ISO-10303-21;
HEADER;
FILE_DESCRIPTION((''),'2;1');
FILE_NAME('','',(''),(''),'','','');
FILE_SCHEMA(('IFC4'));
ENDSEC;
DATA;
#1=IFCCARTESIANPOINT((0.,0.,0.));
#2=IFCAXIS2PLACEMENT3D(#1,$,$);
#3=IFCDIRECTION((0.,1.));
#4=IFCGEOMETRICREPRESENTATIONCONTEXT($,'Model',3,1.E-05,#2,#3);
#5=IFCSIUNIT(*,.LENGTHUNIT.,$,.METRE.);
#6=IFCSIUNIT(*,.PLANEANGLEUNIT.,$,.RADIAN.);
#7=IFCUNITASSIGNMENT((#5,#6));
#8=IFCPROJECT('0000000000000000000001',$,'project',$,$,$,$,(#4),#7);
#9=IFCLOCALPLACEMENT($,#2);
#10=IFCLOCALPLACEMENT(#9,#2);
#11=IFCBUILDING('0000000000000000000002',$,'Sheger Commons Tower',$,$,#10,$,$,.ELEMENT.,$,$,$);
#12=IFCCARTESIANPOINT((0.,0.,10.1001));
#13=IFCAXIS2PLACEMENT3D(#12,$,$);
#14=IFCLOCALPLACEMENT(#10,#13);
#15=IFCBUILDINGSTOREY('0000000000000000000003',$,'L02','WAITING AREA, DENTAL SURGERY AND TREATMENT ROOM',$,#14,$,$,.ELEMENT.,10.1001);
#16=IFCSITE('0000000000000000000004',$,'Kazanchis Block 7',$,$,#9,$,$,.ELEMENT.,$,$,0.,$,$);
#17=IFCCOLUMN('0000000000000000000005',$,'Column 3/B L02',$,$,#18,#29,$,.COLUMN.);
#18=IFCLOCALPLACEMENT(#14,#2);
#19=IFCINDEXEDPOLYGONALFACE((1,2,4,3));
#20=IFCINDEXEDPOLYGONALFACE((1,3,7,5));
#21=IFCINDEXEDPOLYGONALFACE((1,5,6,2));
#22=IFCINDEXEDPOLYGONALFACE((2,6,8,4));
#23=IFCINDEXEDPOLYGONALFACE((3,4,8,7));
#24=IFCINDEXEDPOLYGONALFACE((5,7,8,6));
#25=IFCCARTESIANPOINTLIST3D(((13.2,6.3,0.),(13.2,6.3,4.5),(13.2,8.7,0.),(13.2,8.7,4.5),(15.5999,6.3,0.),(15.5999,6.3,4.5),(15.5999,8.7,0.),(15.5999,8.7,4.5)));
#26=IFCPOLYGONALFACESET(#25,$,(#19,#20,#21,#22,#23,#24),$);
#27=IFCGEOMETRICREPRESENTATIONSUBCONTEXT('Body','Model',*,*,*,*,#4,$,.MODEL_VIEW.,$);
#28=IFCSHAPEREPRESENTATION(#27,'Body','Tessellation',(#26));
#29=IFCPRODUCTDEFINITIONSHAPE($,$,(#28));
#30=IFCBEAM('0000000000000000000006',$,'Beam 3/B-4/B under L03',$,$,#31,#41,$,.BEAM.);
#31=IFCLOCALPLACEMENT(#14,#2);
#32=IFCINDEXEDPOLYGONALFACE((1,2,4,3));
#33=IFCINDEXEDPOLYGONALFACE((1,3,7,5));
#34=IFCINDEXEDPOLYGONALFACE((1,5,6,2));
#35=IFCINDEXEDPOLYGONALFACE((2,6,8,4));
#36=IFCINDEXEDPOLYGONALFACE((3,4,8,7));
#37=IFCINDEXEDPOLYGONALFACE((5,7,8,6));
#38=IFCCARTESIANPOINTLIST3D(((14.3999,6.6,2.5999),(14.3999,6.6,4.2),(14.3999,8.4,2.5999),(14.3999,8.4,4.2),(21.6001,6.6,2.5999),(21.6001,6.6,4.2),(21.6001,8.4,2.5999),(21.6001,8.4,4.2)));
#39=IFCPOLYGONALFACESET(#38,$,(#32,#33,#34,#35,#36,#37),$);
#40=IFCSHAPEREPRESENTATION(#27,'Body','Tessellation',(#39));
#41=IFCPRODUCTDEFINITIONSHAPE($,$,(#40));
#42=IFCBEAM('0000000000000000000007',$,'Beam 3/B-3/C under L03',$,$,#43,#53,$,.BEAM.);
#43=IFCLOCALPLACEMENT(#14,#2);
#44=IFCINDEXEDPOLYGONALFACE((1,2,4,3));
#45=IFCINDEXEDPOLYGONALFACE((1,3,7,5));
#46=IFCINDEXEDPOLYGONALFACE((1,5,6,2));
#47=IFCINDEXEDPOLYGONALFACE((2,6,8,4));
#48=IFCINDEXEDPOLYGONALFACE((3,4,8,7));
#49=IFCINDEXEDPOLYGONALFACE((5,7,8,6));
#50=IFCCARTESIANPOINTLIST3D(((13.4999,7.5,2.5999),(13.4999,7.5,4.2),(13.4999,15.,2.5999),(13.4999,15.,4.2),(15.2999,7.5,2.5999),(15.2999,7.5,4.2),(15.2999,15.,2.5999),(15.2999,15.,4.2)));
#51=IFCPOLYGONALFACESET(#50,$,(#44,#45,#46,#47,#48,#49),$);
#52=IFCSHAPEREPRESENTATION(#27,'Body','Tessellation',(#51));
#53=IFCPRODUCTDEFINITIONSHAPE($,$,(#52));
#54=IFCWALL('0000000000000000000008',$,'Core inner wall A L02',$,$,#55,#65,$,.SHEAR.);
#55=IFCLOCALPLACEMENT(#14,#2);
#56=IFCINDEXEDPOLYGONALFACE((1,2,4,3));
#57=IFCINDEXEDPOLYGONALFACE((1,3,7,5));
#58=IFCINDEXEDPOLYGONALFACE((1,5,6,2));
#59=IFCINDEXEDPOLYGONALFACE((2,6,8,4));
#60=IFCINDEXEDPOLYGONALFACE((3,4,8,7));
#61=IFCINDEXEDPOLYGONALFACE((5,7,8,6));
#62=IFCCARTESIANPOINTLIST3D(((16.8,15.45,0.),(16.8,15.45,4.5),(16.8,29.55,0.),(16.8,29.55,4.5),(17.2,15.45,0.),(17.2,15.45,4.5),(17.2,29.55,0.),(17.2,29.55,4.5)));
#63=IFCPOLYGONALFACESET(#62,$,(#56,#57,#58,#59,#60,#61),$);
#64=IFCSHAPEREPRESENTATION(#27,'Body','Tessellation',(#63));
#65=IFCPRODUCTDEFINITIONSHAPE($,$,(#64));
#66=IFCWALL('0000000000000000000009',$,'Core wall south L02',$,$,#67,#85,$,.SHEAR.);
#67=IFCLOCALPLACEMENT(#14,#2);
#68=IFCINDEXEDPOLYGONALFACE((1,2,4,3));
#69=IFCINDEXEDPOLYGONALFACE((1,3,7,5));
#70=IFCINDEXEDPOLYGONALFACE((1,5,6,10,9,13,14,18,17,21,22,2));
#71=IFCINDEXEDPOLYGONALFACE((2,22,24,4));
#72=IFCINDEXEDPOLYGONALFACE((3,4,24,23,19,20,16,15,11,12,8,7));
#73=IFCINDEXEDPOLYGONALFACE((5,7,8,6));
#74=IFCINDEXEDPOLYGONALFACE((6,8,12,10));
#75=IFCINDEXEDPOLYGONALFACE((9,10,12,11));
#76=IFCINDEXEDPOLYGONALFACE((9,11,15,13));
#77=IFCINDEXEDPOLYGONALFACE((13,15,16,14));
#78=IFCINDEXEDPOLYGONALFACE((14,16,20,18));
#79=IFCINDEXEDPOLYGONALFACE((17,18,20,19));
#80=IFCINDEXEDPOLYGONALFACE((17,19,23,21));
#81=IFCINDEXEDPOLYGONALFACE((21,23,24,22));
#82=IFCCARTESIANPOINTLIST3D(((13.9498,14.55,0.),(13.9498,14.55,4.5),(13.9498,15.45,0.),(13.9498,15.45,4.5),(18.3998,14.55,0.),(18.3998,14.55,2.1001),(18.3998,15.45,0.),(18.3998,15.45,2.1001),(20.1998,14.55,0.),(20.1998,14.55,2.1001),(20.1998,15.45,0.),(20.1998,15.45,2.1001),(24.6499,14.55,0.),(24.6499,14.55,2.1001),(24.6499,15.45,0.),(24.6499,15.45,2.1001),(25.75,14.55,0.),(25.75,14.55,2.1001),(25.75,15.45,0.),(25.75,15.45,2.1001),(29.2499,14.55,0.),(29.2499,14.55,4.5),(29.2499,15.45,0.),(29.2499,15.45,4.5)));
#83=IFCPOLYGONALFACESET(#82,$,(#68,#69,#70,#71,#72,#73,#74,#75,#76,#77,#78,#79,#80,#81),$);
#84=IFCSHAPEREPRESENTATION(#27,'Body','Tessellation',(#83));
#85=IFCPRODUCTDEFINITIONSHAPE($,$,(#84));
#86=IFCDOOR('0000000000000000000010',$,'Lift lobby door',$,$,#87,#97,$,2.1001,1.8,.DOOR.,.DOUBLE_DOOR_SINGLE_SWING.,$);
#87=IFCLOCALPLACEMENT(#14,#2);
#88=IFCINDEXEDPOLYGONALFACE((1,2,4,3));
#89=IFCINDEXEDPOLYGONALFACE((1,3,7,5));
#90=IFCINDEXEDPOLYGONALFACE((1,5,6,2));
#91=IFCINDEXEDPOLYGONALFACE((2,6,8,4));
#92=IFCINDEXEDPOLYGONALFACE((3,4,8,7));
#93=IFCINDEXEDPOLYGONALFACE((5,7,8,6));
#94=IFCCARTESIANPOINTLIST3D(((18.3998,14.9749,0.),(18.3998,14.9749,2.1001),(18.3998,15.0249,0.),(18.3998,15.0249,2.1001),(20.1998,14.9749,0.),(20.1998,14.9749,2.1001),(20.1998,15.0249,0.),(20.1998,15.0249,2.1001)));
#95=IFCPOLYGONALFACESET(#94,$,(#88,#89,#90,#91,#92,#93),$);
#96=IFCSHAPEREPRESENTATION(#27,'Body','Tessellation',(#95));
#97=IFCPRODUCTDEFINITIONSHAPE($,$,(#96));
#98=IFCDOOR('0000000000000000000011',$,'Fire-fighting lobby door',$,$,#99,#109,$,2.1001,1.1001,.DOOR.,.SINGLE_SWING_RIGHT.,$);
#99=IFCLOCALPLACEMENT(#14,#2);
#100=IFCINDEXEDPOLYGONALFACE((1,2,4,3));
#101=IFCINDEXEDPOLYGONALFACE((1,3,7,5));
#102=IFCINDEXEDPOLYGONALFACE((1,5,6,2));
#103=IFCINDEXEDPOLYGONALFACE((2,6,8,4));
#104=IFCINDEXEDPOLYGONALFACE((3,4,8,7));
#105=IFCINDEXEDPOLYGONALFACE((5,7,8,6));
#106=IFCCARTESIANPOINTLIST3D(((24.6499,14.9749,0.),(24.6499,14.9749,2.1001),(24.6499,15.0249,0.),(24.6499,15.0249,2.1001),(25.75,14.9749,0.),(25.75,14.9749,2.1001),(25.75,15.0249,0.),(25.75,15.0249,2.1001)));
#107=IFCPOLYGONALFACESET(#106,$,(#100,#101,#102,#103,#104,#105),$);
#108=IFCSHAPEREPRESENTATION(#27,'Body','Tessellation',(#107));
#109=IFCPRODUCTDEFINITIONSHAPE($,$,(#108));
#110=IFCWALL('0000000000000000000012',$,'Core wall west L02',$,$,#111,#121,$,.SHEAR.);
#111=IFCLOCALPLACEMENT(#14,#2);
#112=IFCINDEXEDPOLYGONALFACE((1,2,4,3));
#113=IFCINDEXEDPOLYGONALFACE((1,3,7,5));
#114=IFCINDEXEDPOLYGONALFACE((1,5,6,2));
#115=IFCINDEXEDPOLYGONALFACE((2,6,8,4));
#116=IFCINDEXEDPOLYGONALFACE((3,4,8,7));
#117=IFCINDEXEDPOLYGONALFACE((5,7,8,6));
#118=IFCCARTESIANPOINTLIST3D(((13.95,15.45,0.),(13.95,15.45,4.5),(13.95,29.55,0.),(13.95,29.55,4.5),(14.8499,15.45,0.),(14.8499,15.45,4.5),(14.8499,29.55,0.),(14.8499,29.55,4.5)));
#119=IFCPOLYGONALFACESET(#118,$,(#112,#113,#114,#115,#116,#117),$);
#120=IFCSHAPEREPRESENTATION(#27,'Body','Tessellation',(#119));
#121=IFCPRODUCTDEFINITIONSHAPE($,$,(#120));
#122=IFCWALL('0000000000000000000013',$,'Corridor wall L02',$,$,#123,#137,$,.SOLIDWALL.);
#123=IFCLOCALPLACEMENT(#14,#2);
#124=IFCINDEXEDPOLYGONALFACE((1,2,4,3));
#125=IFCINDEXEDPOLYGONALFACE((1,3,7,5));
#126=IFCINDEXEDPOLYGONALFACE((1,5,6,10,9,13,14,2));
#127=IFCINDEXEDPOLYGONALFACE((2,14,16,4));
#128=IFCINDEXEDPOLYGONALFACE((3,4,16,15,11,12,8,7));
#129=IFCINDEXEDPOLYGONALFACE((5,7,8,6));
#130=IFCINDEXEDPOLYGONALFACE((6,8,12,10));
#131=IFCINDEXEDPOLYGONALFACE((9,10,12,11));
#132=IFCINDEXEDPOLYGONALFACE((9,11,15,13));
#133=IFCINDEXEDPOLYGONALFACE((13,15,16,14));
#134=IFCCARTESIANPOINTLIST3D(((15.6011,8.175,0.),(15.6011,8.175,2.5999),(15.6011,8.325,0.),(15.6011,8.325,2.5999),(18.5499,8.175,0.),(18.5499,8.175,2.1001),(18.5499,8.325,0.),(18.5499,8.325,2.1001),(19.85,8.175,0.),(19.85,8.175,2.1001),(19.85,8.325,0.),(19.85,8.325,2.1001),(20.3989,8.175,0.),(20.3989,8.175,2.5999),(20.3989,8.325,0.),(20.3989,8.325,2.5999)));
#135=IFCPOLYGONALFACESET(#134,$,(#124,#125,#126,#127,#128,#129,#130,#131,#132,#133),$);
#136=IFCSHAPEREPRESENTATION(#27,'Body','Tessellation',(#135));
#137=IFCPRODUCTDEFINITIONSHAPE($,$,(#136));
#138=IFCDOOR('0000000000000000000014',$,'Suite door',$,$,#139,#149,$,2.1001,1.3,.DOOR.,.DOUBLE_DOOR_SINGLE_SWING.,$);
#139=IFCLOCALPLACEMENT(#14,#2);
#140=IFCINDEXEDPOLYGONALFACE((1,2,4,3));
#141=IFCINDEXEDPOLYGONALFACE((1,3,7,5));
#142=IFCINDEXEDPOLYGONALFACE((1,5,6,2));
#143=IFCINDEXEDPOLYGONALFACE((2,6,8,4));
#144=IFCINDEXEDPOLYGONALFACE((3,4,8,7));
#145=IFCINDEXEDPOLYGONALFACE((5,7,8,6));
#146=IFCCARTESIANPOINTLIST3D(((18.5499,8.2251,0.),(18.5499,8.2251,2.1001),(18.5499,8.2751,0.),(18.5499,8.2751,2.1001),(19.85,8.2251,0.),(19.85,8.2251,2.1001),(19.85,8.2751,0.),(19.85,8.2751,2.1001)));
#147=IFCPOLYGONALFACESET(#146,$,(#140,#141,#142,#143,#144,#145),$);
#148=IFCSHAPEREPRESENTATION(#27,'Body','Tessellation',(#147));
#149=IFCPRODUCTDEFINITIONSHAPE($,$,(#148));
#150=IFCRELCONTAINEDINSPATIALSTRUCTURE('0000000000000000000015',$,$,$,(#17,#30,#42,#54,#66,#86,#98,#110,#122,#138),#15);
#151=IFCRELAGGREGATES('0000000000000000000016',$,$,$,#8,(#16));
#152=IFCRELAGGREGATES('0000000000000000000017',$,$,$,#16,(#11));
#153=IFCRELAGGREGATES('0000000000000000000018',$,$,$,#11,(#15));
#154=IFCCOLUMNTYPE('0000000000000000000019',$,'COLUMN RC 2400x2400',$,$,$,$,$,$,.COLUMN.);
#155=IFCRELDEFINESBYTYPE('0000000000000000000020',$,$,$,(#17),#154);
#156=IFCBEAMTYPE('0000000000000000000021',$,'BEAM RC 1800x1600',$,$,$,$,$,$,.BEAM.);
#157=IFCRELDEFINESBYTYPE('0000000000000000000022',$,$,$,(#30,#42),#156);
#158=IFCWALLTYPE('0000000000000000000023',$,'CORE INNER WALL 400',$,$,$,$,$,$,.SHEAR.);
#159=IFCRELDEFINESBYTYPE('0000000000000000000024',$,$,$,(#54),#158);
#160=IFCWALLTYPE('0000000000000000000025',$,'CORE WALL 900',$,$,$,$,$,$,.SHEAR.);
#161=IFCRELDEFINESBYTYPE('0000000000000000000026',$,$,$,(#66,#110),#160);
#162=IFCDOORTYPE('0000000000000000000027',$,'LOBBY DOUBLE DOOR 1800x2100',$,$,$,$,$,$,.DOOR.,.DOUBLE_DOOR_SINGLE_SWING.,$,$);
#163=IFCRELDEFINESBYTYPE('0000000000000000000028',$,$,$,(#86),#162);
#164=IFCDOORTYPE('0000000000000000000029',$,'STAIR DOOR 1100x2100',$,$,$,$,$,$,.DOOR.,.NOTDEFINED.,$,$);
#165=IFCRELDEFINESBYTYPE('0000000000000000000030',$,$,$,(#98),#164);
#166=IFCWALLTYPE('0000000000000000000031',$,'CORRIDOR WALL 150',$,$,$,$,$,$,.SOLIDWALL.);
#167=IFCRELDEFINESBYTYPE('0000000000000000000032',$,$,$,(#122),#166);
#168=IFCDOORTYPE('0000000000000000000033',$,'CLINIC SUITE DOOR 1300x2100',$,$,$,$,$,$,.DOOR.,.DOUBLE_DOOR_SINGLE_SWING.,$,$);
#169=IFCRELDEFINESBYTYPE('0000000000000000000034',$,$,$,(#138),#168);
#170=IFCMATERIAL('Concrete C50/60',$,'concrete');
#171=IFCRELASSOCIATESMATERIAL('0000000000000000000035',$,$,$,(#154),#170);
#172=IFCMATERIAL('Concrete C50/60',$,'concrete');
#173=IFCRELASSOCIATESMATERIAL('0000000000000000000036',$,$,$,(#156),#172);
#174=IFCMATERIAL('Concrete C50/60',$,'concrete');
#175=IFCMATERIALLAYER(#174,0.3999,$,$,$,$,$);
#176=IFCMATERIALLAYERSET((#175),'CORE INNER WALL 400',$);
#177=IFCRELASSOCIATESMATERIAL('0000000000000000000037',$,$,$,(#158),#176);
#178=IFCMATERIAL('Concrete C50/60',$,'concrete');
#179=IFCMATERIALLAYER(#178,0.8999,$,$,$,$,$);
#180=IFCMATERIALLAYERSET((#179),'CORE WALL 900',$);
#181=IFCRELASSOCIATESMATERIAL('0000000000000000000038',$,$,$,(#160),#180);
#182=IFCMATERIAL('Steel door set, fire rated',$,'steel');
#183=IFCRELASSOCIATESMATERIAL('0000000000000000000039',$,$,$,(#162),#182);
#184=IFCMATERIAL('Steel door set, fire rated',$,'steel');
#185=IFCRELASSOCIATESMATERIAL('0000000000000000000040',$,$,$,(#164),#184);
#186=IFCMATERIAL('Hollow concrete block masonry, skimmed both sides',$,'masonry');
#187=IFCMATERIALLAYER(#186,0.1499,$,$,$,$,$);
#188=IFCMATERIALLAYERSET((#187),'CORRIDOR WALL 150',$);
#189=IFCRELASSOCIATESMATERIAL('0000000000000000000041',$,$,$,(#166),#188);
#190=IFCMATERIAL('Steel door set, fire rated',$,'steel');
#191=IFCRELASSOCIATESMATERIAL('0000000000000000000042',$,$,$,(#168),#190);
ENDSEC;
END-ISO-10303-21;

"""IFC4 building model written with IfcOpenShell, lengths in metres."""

from ifc_helpers import new_model, si_unit, direction, frame, frame_2d, origin, origin_2d, place, context, subcontext, project, spatial, rectangle, extrude, material, layer, layer_set, material_profile, profile_set, type_object, element, fill, save


model = new_model("IFC4")

# Units and contexts
model_context = context("Model", 3, precision=1e-05, world=origin(), true_north=direction((0.0, 1.0)))
body_context = subcontext(model_context, "Body", "Model", "MODEL_VIEW")
ifc_project = project(units=[si_unit("LENGTHUNIT", "METRE"), si_unit("PLANEANGLEUNIT", "RADIAN")], contexts=[model_context])

# Site, building, storey
site_placement = place(None, origin())
site = spatial("IfcSite", under=ifc_project, at=site_placement, Name="Kazanchis Block 7", CompositionType="ELEMENT", RefElevation=0.0)
building_placement = place(site_placement, origin())
building = spatial("IfcBuilding", under=site, at=building_placement, Name="Sheger Commons Tower", CompositionType="ELEMENT")
storey_placement = place(building_placement, frame((0.0, 0.0, 10.1001)))
storey = spatial("IfcBuildingStorey", under=building, at=storey_placement, Name="L02", Description="WAITING AREA, DENTAL SURGERY AND TREATMENT ROOM", CompositionType="ELEMENT", Elevation=10.1001)

# Column
ifc_material_1 = material(Name="Concrete C50/60", Category="concrete")
ifc_material_profile_1 = material_profile(ifc_material_1, rectangle(XDim=2.3999, YDim=2.3999, at=origin_2d()), Name="RC 2400x2400")
ifc_profile_set_1 = profile_set([ifc_material_profile_1], Name="Concrete C50/60")
column_type = type_object("IfcColumnType", Name="COLUMN RC 2400x2400", PredefinedType="COLUMN", material=ifc_profile_set_1)
column_placement = place(storey_placement, frame((14.3999, 7.5, 0.0), z_axis=(0.0, 0.0, 1.0), x_axis=(1.0, 0.0, 0.0)))
element("IfcColumn", 1, at=column_placement, inside=storey, type_object=column_type, Name="Column 3/B L02", PredefinedType="COLUMN", context=body_context, shape_type="SweptSolid", body=[
    extrude(rectangle(XDim=2.3999, YDim=2.3999, at=origin_2d()), origin(), (0.0, 0.0, 1.0), 4.5),
])

# Beams
ifc_material_2 = material(Name="Concrete C50/60", Category="concrete")
ifc_material_profile_2 = material_profile(ifc_material_2, rectangle(XDim=1.8, YDim=1.6001, at=origin_2d()), Name="RC 1800x1600")
ifc_profile_set_2 = profile_set([ifc_material_profile_2], Name="Concrete C50/60")
beam_type = type_object("IfcBeamType", Name="BEAM RC 1800x1600", PredefinedType="BEAM", material=ifc_profile_set_2)
beam_1_placement = place(storey_placement, frame((14.3999, 7.5, 3.3999), z_axis=(1.0, 0.0, 0.0), x_axis=(0.0, 1.0, 0.0)))
element("IfcBeam", 2, at=beam_1_placement, inside=storey, type_object=beam_type, Name="Beam 3/B-4/B under L03", PredefinedType="BEAM", context=body_context, shape_type="SweptSolid", body=[
    extrude(rectangle(XDim=1.8, YDim=1.6001, at=origin_2d()), origin(), (0.0, 0.0, 1.0), 7.2002),
])
beam_2_placement = place(storey_placement, frame((14.3999, 7.5, 3.3999), z_axis=(0.0, 1.0, 0.0), x_axis=(-1.0, 0.0, 0.0)))
element("IfcBeam", 3, at=beam_2_placement, inside=storey, type_object=beam_type, Name="Beam 3/B-3/C under L03", PredefinedType="BEAM", context=body_context, shape_type="SweptSolid", body=[
    extrude(rectangle(XDim=1.8, YDim=1.6001, at=origin_2d()), origin(), (0.0, 0.0, 1.0), 7.5),
])

# Wall
ifc_material_3 = material(Name="Concrete C50/60", Category="concrete")
ifc_layer_1 = layer(ifc_material_3, 0.3999)
ifc_layer_set_1 = layer_set([ifc_layer_1], Name="CORE INNER WALL 400")
wall_type_1 = type_object("IfcWallType", Name="CORE INNER WALL 400", PredefinedType="SHEAR", material=ifc_layer_set_1)
wall_1_placement = place(storey_placement, frame((17.0, 15.45, 0.0), z_axis=(0.0, 0.0, 1.0), x_axis=(0.0, 1.0, 0.0)))
element("IfcWall", 4, at=wall_1_placement, inside=storey, type_object=wall_type_1, Name="Core inner wall A L02", PredefinedType="SHEAR", context=body_context, shape_type="SweptSolid", body=[
    extrude(rectangle(XDim=14.1001, YDim=0.3999, at=frame_2d((7.05, 0.0))), origin(), (0.0, 0.0, 1.0), 4.5),
])

# Wall, openings, doors
ifc_material_4 = material(Name="Concrete C50/60", Category="concrete")
ifc_layer_2 = layer(ifc_material_4, 0.8999)
ifc_layer_set_2 = layer_set([ifc_layer_2], Name="CORE WALL 900")
wall_type_2 = type_object("IfcWallType", Name="CORE WALL 900", PredefinedType="SHEAR", material=ifc_layer_set_2)
wall_2_placement = place(storey_placement, frame((13.95, 15.0, 0.0), z_axis=(0.0, 0.0, 1.0), x_axis=(1.0, 0.0, 0.0)))
wall_2 = element("IfcWall", 5, at=wall_2_placement, inside=storey, type_object=wall_type_2, Name="Core wall south L02", PredefinedType="SHEAR", context=body_context, shape_type="SweptSolid", body=[
    extrude(rectangle(XDim=15.3, YDim=0.8999, at=frame_2d((7.6499, 0.0))), origin(), (0.0, 0.0, 1.0), 4.5),
])
opening_1_placement = place(wall_2_placement, frame((4.45, 0.0, 0.0)))
opening_1 = element("IfcOpeningElement", 6, at=opening_1_placement, cuts=wall_2, PredefinedType="OPENING", context=body_context, shape_type="SweptSolid", body=[
    extrude(rectangle(XDim=1.8, YDim=2.1001, at=frame_2d((0.8999, 1.05))), frame((0.0, 0.46, 0.0), z_axis=(0.0, -1.0, 0.0), x_axis=(1.0, 0.0, 0.0)), (0.0, 0.0, 1.0), 0.9199),
])
opening_2_placement = place(wall_2_placement, frame((10.7, 0.0, 0.0)))
opening_2 = element("IfcOpeningElement", 7, at=opening_2_placement, cuts=wall_2, PredefinedType="OPENING", context=body_context, shape_type="SweptSolid", body=[
    extrude(rectangle(XDim=1.1001, YDim=2.1001, at=frame_2d((0.55, 1.05))), frame((0.0, 0.46, 0.0), z_axis=(0.0, -1.0, 0.0), x_axis=(1.0, 0.0, 0.0)), (0.0, 0.0, 1.0), 0.9199),
])
ifc_material_5 = material(Name="Steel door set, fire rated", Category="steel")
door_type_1 = type_object("IfcDoorType", Name="LOBBY DOUBLE DOOR 1800x2100", OperationType="DOUBLE_DOOR_SINGLE_SWING", PredefinedType="DOOR", material=ifc_material_5)
door_1_placement = place(opening_1_placement, origin())
door_1 = element("IfcDoor", 8, at=door_1_placement, inside=storey, type_object=door_type_1, Name="Lift lobby door", OperationType="DOUBLE_DOOR_SINGLE_SWING", OverallHeight=2.1001, OverallWidth=1.8, PredefinedType="DOOR", context=body_context, shape_type="SweptSolid", body=[
    extrude(rectangle(XDim=1.8, YDim=2.1001, at=frame_2d((0.8999, 1.05))), frame((0.0, 0.0249, 0.0), z_axis=(0.0, -1.0, 0.0), x_axis=(1.0, 0.0, 0.0)), (0.0, 0.0, 1.0), 0.05),
])
fill(opening_1, door_1)
ifc_material_6 = material(Name="Steel door set, fire rated", Category="steel")
door_type_2 = type_object("IfcDoorType", Name="STAIR DOOR 1100x2100", OperationType="NOTDEFINED", PredefinedType="DOOR", material=ifc_material_6)
door_2_placement = place(opening_2_placement, origin())
door_2 = element("IfcDoor", 9, at=door_2_placement, inside=storey, type_object=door_type_2, Name="Fire-fighting lobby door", OperationType="SINGLE_SWING_RIGHT", OverallHeight=2.1001, OverallWidth=1.1001, PredefinedType="DOOR", context=body_context, shape_type="SweptSolid", body=[
    extrude(rectangle(XDim=1.1001, YDim=2.1001, at=frame_2d((0.55, 1.05))), frame((0.0, 0.0249, 0.0), z_axis=(0.0, -1.0, 0.0), x_axis=(1.0, 0.0, 0.0)), (0.0, 0.0, 1.0), 0.05),
])
fill(opening_2, door_2)

# Wall
wall_3_placement = place(storey_placement, frame((14.3999, 15.45, 0.0), z_axis=(0.0, 0.0, 1.0), x_axis=(0.0, 1.0, 0.0)))
element("IfcWall", 10, at=wall_3_placement, inside=storey, type_object=wall_type_2, Name="Core wall west L02", PredefinedType="SHEAR", context=body_context, shape_type="SweptSolid", body=[
    extrude(rectangle(XDim=14.1001, YDim=0.8999, at=frame_2d((7.05, 0.0))), origin(), (0.0, 0.0, 1.0), 4.5),
])

# Wall, opening, door
ifc_material_7 = material(Name="Hollow concrete block masonry, skimmed both sides", Category="masonry")
ifc_layer_3 = layer(ifc_material_7, 0.1499)
ifc_layer_set_3 = layer_set([ifc_layer_3], Name="CORRIDOR WALL 150")
wall_type_3 = type_object("IfcWallType", Name="CORRIDOR WALL 150", PredefinedType="SOLIDWALL", material=ifc_layer_set_3)
wall_4_placement = place(storey_placement, frame((20.3989, 8.25, 0.0), z_axis=(0.0, 0.0, 1.0), x_axis=(-1.0, 0.0, 0.0)))
wall_4 = element("IfcWall", 11, at=wall_4_placement, inside=storey, type_object=wall_type_3, Name="Corridor wall L02", PredefinedType="SOLIDWALL", context=body_context, shape_type="SweptSolid", body=[
    extrude(rectangle(XDim=4.7979, YDim=0.1499, at=frame_2d((2.3989, 0.0))), origin(), (0.0, 0.0, 1.0), 2.5999),
])
opening_3_placement = place(wall_4_placement, frame((0.5491, 0.0, 0.0)))
opening_3 = element("IfcOpeningElement", 12, at=opening_3_placement, cuts=wall_4, PredefinedType="OPENING", context=body_context, shape_type="SweptSolid", body=[
    extrude(rectangle(XDim=1.3, YDim=2.1001, at=frame_2d((0.6499, 1.05))), frame((0.0, 0.085, 0.0), z_axis=(0.0, -1.0, 0.0), x_axis=(1.0, 0.0, 0.0)), (0.0, 0.0, 1.0), 0.1699),
])
ifc_material_8 = material(Name="Steel door set, fire rated", Category="steel")
door_type_3 = type_object("IfcDoorType", Name="CLINIC SUITE DOOR 1300x2100", OperationType="DOUBLE_DOOR_SINGLE_SWING", PredefinedType="DOOR", material=ifc_material_8)
door_3_placement = place(opening_3_placement, origin())
door_3 = element("IfcDoor", 13, at=door_3_placement, inside=storey, type_object=door_type_3, Name="Suite door", OperationType="DOUBLE_DOOR_SINGLE_SWING", OverallHeight=2.1001, OverallWidth=1.3, PredefinedType="DOOR", context=body_context, shape_type="SweptSolid", body=[
    extrude(rectangle(XDim=1.3, YDim=2.1001, at=frame_2d((0.6499, 1.05))), frame((0.0, 0.0249, 0.0), z_axis=(0.0, -1.0, 0.0), x_axis=(1.0, 0.0, 0.0)), (0.0, 0.0, 1.0), 0.05),
])
fill(opening_3, door_3)

save(model, "model.ifc")
